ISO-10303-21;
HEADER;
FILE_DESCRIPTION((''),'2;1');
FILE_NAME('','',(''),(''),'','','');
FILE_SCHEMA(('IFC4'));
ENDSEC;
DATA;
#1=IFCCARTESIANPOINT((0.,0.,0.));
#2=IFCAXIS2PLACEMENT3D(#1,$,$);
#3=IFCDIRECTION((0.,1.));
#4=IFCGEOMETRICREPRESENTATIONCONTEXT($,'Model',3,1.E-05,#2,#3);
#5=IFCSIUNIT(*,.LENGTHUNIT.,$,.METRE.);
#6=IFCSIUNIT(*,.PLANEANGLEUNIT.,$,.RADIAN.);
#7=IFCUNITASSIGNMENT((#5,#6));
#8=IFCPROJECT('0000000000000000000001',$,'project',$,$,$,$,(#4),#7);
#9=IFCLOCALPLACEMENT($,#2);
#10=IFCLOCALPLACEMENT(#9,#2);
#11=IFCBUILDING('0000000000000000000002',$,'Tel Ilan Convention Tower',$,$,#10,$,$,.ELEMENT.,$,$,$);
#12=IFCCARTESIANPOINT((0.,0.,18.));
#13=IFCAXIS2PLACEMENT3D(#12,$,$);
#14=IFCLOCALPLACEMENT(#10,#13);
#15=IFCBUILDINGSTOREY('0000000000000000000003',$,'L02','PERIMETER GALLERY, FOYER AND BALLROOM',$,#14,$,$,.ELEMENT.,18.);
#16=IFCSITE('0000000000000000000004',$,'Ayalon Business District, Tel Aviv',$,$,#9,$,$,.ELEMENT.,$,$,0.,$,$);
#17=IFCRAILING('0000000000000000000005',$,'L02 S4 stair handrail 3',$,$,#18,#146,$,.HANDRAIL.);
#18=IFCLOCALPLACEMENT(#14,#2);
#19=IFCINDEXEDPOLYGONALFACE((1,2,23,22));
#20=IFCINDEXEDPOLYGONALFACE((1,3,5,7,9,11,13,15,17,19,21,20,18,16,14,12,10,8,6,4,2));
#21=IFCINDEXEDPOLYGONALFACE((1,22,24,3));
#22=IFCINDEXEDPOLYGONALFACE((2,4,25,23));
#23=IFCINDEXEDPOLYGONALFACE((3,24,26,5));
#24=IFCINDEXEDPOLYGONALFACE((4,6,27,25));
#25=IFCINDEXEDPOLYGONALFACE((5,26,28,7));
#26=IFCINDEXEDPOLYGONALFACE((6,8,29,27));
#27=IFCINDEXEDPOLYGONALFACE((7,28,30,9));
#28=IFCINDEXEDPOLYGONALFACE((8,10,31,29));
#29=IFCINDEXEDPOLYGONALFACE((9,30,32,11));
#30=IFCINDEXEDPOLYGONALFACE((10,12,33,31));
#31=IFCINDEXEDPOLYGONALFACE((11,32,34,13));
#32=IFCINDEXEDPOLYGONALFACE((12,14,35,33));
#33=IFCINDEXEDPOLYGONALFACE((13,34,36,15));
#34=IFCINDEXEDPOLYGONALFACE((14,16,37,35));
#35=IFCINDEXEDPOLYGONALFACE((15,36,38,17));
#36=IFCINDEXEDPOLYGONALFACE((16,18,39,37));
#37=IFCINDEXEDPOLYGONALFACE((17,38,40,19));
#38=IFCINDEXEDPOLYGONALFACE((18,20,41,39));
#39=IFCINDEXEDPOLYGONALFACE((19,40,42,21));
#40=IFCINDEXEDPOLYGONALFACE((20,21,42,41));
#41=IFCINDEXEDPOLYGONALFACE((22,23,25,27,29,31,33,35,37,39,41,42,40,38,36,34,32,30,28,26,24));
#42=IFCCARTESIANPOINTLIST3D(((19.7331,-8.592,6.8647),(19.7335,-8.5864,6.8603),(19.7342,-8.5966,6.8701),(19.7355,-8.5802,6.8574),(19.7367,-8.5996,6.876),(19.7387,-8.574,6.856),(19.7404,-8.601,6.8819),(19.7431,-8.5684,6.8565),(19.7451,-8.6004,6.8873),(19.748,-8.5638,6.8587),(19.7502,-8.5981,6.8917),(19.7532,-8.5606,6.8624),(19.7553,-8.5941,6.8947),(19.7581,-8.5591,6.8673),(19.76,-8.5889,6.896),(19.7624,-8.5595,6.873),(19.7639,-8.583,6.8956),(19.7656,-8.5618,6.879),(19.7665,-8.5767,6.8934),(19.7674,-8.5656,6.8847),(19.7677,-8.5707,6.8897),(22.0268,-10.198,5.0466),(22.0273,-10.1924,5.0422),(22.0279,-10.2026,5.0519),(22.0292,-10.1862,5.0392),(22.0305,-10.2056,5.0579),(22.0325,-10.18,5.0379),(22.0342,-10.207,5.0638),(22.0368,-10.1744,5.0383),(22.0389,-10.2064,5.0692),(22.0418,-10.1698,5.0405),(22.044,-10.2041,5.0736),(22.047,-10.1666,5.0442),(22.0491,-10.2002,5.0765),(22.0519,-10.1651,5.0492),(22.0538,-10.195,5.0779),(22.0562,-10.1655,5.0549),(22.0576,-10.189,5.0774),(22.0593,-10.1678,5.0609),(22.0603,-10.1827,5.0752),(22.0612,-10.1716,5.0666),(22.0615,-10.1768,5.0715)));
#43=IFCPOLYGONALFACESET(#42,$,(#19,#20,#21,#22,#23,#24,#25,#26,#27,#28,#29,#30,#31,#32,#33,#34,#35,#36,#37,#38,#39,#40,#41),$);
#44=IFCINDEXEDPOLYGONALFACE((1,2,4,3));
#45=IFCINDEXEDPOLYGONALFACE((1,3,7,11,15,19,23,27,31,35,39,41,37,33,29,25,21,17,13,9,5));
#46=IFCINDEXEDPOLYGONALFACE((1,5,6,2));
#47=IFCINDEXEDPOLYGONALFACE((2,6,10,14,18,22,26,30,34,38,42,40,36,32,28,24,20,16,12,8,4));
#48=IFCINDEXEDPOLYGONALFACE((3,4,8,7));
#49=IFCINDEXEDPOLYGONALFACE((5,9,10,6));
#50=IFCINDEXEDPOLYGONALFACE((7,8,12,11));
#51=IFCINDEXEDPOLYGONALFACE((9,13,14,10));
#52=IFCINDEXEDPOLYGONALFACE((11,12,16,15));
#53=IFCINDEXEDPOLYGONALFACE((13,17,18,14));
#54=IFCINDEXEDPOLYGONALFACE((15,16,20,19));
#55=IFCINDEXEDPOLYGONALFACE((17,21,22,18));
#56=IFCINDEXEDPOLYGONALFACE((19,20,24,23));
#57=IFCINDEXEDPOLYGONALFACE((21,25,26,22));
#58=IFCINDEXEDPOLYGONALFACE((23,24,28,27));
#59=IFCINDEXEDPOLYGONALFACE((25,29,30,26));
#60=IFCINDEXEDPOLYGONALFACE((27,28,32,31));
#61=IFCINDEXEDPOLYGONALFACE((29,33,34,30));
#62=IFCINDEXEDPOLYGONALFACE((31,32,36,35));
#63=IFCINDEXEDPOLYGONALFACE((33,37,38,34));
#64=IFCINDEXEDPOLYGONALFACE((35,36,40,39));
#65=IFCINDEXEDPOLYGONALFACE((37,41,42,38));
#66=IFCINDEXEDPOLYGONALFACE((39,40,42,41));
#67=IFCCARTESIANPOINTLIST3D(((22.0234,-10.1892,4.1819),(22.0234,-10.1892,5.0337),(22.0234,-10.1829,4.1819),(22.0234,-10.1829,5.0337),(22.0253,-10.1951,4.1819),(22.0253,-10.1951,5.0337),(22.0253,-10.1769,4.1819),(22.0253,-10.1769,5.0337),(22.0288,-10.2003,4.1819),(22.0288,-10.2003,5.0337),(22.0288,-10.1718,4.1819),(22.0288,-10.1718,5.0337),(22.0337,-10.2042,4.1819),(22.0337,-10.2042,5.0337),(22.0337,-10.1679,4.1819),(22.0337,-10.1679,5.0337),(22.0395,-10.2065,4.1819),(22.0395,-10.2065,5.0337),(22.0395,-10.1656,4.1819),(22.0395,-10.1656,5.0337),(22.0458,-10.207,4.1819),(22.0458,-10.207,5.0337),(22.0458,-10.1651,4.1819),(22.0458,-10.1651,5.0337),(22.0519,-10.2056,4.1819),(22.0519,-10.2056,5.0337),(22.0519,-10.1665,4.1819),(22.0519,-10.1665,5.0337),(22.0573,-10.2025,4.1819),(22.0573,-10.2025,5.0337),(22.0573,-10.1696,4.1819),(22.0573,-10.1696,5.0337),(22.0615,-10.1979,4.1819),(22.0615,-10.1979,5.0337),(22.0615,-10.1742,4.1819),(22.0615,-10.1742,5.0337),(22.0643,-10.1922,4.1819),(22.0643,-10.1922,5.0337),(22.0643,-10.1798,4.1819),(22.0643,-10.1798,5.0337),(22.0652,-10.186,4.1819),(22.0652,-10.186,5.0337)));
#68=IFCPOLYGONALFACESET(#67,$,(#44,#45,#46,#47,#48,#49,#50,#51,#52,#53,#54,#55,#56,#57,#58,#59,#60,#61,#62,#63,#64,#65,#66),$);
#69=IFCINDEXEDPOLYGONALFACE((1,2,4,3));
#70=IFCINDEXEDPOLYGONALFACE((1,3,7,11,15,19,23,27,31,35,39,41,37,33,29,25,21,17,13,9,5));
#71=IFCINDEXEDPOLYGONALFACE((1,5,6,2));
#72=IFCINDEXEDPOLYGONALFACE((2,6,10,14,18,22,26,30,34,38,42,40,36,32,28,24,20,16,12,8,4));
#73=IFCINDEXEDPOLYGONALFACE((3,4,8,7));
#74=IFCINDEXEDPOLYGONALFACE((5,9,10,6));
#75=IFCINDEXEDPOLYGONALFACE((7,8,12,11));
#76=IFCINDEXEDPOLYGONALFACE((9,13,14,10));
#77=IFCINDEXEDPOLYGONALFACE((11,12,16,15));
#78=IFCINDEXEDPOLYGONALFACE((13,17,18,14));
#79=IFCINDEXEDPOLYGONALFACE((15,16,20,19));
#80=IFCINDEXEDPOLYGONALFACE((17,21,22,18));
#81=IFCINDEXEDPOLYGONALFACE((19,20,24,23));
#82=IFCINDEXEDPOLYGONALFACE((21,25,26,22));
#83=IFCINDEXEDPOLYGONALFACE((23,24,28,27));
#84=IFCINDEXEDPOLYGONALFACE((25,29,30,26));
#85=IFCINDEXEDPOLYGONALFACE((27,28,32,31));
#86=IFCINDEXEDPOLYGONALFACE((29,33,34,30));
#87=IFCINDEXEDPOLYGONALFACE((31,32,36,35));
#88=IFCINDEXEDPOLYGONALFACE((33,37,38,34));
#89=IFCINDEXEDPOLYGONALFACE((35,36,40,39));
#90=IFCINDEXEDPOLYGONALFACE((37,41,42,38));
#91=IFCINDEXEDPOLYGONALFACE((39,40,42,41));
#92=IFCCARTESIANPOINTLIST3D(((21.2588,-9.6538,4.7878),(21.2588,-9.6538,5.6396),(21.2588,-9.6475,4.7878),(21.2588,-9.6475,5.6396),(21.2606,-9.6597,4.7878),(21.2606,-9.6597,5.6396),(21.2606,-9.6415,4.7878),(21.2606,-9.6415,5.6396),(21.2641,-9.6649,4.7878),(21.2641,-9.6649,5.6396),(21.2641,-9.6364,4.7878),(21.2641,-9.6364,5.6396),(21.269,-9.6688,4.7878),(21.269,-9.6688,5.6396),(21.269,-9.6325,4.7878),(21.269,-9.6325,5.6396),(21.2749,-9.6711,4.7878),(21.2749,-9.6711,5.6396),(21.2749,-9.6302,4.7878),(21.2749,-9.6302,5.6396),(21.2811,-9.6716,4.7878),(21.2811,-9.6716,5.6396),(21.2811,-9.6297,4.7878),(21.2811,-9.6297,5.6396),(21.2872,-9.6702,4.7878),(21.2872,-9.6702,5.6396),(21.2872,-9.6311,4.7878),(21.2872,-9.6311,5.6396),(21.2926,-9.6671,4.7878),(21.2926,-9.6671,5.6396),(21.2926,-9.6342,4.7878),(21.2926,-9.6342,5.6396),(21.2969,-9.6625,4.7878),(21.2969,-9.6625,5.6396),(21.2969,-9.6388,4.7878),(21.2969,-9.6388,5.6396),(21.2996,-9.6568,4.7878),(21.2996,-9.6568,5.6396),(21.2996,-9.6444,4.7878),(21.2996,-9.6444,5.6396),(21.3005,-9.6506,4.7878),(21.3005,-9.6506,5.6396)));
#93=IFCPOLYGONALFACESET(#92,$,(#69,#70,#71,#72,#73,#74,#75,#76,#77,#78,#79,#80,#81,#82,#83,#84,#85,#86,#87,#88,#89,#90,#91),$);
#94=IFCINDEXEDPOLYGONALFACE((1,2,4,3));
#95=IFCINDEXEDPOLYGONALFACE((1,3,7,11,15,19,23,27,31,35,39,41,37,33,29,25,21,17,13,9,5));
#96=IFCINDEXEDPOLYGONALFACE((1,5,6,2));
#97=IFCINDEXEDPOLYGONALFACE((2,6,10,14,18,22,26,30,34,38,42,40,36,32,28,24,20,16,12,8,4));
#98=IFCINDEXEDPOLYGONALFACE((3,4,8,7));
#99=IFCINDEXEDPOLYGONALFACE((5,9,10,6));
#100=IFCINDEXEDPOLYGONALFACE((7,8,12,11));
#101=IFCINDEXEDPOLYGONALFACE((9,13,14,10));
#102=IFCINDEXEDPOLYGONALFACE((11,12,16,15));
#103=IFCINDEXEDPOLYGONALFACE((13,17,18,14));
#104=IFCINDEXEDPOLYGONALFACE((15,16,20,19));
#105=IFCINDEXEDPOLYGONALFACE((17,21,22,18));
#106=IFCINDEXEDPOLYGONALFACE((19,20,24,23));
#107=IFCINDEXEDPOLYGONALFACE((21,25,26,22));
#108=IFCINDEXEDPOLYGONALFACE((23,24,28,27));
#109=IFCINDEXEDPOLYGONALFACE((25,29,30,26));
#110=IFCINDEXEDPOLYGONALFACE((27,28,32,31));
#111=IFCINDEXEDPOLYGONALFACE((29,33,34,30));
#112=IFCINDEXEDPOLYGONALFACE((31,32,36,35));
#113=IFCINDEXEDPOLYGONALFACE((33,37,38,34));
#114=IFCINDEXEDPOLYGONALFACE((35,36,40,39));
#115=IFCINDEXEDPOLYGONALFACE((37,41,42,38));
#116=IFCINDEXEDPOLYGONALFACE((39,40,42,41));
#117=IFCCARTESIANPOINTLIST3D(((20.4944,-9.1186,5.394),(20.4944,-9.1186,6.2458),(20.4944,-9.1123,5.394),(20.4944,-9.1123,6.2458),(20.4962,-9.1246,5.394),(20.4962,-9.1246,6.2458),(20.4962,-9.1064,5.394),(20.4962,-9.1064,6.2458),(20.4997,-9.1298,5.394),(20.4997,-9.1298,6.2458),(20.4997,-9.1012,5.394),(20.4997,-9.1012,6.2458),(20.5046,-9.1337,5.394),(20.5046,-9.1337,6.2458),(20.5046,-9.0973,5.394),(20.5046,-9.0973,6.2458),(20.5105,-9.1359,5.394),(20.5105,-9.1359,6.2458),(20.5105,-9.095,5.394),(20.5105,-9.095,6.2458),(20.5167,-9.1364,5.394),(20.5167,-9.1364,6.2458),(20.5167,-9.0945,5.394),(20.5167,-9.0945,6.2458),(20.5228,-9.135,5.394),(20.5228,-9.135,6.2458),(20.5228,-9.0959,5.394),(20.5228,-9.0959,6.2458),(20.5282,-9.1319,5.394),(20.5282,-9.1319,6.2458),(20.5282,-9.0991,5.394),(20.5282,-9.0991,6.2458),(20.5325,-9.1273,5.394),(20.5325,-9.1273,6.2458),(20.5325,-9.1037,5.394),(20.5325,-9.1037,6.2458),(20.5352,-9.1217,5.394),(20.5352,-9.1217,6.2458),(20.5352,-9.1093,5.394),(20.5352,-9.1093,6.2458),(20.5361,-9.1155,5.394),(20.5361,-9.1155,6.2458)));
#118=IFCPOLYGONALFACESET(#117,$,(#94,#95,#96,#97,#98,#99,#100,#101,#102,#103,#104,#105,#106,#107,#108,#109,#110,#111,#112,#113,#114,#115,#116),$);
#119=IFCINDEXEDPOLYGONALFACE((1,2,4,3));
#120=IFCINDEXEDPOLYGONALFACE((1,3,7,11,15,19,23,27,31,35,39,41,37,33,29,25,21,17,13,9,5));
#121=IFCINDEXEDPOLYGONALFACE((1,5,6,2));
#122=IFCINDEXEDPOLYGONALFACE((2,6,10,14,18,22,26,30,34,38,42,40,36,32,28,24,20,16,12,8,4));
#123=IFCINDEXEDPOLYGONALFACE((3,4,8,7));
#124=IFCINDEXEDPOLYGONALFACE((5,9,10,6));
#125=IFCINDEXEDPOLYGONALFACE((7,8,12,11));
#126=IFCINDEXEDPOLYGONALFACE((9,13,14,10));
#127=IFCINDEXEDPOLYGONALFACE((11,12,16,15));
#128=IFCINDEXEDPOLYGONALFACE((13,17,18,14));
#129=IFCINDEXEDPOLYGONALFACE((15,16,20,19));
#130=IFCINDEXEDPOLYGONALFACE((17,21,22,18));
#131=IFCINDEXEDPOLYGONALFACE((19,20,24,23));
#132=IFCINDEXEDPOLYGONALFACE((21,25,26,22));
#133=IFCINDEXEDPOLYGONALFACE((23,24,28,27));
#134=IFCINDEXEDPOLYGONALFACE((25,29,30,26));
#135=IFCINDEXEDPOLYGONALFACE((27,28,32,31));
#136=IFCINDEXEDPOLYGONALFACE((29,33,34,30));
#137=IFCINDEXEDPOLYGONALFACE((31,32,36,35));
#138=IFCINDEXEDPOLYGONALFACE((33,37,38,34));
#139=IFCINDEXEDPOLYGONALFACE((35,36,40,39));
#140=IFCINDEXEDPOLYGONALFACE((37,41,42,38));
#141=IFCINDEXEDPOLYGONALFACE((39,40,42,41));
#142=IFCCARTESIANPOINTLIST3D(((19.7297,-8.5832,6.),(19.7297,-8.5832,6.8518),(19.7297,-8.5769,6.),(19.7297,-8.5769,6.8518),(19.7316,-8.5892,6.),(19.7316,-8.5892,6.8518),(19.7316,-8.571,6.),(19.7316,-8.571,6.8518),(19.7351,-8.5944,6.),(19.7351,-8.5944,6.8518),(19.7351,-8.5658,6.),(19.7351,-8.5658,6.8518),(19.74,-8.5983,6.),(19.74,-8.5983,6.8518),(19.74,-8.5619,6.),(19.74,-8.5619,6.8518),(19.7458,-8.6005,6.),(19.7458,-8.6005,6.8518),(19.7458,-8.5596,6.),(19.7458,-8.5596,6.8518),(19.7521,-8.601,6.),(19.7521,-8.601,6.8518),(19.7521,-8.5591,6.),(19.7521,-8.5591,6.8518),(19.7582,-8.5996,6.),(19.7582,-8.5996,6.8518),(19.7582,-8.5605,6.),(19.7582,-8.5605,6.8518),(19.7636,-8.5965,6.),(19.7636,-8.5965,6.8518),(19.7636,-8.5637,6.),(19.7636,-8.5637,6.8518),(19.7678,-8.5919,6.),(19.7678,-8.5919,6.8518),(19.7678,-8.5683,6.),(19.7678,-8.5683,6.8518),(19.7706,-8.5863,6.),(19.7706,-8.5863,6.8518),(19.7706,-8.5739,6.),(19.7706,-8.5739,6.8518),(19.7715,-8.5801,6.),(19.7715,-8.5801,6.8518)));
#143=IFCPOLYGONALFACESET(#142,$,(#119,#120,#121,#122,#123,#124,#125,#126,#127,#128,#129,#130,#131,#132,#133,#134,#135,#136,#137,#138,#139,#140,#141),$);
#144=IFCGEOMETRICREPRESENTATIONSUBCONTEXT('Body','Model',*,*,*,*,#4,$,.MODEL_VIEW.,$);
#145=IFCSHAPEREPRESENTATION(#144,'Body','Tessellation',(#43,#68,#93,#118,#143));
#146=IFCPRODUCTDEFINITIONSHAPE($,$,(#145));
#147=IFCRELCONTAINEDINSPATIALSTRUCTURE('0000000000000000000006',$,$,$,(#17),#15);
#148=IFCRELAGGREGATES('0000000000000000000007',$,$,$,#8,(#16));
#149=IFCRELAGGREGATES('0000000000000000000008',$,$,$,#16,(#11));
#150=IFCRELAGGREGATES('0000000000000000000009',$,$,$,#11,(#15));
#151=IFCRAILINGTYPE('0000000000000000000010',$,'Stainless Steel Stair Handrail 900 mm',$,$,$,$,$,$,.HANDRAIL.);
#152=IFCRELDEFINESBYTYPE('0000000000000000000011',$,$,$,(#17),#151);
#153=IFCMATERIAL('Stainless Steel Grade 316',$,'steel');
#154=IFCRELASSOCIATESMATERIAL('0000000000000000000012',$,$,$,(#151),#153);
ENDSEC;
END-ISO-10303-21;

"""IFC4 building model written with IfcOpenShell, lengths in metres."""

from ifc_helpers import new_model, si_unit, direction, frame, origin, origin_2d, place, context, subcontext, project, spatial, circle, extrude, material, type_object, element, save


model = new_model("IFC4")

# Units and contexts
model_context = context("Model", 3, precision=1e-05, world=origin(), true_north=direction((0.0, 1.0)))
body_context = subcontext(model_context, "Body", "Model", "MODEL_VIEW")
ifc_project = project(units=[si_unit("LENGTHUNIT", "METRE"), si_unit("PLANEANGLEUNIT", "RADIAN")], contexts=[model_context])

# Site, building, storey
site_placement = place(None, origin())
site = spatial("IfcSite", under=ifc_project, at=site_placement, Name="Ayalon Business District, Tel Aviv", CompositionType="ELEMENT", RefElevation=0.0)
building_placement = place(site_placement, origin())
building = spatial("IfcBuilding", under=site, at=building_placement, Name="Tel Ilan Convention Tower", CompositionType="ELEMENT")
storey_placement = place(building_placement, frame((0.0, 0.0, 18.0)))
storey = spatial("IfcBuildingStorey", under=building, at=storey_placement, Name="L02", Description="PERIMETER GALLERY, FOYER AND BALLROOM", CompositionType="ELEMENT", Elevation=18.0)

# Railing
ifc_material_1 = material(Name="Stainless Steel Grade 316", Category="steel")
railing_type_1 = type_object("IfcRailingType", Name="Stainless Steel Stair Handrail 900 mm", PredefinedType="HANDRAIL", material=ifc_material_1)
for number, where, name in (
    (1, (22.0442, -10.186, 4.1819), "L02 S4 stair handrail 3"),
):
    element("IfcRailing", number, at=place(storey_placement, frame(where)), inside=storey, type_object=railing_type_1, Name=name, PredefinedType="HANDRAIL", context=body_context, shape_type="SweptSolid", body=[
        extrude(circle(Radius=0.0239, at=origin_2d()), frame((0.0, 0.0, 0.876), z_axis=(-0.687042, 0.481039, 0.544587), x_axis=(-0.57355, -0.81917, 0.0)), (0.0, 0.0, 1.0), 3.3386),
        extrude(circle(Radius=0.021, at=origin_2d()), origin(), (0.0, 0.0, 1.0), 0.8518),
        extrude(circle(Radius=0.021, at=origin_2d()), frame((-0.7646, 0.5354, 0.606)), (0.0, 0.0, 1.0), 0.8518),
        extrude(circle(Radius=0.021, at=origin_2d()), frame((-1.5291, 1.0706, 1.2122)), (0.0, 0.0, 1.0), 0.8518),
        extrude(circle(Radius=0.021, at=origin_2d()), frame((-2.2937, 1.606, 1.8181)), (0.0, 0.0, 1.0), 0.8518),
    ])

save(model, "model.ifc")
